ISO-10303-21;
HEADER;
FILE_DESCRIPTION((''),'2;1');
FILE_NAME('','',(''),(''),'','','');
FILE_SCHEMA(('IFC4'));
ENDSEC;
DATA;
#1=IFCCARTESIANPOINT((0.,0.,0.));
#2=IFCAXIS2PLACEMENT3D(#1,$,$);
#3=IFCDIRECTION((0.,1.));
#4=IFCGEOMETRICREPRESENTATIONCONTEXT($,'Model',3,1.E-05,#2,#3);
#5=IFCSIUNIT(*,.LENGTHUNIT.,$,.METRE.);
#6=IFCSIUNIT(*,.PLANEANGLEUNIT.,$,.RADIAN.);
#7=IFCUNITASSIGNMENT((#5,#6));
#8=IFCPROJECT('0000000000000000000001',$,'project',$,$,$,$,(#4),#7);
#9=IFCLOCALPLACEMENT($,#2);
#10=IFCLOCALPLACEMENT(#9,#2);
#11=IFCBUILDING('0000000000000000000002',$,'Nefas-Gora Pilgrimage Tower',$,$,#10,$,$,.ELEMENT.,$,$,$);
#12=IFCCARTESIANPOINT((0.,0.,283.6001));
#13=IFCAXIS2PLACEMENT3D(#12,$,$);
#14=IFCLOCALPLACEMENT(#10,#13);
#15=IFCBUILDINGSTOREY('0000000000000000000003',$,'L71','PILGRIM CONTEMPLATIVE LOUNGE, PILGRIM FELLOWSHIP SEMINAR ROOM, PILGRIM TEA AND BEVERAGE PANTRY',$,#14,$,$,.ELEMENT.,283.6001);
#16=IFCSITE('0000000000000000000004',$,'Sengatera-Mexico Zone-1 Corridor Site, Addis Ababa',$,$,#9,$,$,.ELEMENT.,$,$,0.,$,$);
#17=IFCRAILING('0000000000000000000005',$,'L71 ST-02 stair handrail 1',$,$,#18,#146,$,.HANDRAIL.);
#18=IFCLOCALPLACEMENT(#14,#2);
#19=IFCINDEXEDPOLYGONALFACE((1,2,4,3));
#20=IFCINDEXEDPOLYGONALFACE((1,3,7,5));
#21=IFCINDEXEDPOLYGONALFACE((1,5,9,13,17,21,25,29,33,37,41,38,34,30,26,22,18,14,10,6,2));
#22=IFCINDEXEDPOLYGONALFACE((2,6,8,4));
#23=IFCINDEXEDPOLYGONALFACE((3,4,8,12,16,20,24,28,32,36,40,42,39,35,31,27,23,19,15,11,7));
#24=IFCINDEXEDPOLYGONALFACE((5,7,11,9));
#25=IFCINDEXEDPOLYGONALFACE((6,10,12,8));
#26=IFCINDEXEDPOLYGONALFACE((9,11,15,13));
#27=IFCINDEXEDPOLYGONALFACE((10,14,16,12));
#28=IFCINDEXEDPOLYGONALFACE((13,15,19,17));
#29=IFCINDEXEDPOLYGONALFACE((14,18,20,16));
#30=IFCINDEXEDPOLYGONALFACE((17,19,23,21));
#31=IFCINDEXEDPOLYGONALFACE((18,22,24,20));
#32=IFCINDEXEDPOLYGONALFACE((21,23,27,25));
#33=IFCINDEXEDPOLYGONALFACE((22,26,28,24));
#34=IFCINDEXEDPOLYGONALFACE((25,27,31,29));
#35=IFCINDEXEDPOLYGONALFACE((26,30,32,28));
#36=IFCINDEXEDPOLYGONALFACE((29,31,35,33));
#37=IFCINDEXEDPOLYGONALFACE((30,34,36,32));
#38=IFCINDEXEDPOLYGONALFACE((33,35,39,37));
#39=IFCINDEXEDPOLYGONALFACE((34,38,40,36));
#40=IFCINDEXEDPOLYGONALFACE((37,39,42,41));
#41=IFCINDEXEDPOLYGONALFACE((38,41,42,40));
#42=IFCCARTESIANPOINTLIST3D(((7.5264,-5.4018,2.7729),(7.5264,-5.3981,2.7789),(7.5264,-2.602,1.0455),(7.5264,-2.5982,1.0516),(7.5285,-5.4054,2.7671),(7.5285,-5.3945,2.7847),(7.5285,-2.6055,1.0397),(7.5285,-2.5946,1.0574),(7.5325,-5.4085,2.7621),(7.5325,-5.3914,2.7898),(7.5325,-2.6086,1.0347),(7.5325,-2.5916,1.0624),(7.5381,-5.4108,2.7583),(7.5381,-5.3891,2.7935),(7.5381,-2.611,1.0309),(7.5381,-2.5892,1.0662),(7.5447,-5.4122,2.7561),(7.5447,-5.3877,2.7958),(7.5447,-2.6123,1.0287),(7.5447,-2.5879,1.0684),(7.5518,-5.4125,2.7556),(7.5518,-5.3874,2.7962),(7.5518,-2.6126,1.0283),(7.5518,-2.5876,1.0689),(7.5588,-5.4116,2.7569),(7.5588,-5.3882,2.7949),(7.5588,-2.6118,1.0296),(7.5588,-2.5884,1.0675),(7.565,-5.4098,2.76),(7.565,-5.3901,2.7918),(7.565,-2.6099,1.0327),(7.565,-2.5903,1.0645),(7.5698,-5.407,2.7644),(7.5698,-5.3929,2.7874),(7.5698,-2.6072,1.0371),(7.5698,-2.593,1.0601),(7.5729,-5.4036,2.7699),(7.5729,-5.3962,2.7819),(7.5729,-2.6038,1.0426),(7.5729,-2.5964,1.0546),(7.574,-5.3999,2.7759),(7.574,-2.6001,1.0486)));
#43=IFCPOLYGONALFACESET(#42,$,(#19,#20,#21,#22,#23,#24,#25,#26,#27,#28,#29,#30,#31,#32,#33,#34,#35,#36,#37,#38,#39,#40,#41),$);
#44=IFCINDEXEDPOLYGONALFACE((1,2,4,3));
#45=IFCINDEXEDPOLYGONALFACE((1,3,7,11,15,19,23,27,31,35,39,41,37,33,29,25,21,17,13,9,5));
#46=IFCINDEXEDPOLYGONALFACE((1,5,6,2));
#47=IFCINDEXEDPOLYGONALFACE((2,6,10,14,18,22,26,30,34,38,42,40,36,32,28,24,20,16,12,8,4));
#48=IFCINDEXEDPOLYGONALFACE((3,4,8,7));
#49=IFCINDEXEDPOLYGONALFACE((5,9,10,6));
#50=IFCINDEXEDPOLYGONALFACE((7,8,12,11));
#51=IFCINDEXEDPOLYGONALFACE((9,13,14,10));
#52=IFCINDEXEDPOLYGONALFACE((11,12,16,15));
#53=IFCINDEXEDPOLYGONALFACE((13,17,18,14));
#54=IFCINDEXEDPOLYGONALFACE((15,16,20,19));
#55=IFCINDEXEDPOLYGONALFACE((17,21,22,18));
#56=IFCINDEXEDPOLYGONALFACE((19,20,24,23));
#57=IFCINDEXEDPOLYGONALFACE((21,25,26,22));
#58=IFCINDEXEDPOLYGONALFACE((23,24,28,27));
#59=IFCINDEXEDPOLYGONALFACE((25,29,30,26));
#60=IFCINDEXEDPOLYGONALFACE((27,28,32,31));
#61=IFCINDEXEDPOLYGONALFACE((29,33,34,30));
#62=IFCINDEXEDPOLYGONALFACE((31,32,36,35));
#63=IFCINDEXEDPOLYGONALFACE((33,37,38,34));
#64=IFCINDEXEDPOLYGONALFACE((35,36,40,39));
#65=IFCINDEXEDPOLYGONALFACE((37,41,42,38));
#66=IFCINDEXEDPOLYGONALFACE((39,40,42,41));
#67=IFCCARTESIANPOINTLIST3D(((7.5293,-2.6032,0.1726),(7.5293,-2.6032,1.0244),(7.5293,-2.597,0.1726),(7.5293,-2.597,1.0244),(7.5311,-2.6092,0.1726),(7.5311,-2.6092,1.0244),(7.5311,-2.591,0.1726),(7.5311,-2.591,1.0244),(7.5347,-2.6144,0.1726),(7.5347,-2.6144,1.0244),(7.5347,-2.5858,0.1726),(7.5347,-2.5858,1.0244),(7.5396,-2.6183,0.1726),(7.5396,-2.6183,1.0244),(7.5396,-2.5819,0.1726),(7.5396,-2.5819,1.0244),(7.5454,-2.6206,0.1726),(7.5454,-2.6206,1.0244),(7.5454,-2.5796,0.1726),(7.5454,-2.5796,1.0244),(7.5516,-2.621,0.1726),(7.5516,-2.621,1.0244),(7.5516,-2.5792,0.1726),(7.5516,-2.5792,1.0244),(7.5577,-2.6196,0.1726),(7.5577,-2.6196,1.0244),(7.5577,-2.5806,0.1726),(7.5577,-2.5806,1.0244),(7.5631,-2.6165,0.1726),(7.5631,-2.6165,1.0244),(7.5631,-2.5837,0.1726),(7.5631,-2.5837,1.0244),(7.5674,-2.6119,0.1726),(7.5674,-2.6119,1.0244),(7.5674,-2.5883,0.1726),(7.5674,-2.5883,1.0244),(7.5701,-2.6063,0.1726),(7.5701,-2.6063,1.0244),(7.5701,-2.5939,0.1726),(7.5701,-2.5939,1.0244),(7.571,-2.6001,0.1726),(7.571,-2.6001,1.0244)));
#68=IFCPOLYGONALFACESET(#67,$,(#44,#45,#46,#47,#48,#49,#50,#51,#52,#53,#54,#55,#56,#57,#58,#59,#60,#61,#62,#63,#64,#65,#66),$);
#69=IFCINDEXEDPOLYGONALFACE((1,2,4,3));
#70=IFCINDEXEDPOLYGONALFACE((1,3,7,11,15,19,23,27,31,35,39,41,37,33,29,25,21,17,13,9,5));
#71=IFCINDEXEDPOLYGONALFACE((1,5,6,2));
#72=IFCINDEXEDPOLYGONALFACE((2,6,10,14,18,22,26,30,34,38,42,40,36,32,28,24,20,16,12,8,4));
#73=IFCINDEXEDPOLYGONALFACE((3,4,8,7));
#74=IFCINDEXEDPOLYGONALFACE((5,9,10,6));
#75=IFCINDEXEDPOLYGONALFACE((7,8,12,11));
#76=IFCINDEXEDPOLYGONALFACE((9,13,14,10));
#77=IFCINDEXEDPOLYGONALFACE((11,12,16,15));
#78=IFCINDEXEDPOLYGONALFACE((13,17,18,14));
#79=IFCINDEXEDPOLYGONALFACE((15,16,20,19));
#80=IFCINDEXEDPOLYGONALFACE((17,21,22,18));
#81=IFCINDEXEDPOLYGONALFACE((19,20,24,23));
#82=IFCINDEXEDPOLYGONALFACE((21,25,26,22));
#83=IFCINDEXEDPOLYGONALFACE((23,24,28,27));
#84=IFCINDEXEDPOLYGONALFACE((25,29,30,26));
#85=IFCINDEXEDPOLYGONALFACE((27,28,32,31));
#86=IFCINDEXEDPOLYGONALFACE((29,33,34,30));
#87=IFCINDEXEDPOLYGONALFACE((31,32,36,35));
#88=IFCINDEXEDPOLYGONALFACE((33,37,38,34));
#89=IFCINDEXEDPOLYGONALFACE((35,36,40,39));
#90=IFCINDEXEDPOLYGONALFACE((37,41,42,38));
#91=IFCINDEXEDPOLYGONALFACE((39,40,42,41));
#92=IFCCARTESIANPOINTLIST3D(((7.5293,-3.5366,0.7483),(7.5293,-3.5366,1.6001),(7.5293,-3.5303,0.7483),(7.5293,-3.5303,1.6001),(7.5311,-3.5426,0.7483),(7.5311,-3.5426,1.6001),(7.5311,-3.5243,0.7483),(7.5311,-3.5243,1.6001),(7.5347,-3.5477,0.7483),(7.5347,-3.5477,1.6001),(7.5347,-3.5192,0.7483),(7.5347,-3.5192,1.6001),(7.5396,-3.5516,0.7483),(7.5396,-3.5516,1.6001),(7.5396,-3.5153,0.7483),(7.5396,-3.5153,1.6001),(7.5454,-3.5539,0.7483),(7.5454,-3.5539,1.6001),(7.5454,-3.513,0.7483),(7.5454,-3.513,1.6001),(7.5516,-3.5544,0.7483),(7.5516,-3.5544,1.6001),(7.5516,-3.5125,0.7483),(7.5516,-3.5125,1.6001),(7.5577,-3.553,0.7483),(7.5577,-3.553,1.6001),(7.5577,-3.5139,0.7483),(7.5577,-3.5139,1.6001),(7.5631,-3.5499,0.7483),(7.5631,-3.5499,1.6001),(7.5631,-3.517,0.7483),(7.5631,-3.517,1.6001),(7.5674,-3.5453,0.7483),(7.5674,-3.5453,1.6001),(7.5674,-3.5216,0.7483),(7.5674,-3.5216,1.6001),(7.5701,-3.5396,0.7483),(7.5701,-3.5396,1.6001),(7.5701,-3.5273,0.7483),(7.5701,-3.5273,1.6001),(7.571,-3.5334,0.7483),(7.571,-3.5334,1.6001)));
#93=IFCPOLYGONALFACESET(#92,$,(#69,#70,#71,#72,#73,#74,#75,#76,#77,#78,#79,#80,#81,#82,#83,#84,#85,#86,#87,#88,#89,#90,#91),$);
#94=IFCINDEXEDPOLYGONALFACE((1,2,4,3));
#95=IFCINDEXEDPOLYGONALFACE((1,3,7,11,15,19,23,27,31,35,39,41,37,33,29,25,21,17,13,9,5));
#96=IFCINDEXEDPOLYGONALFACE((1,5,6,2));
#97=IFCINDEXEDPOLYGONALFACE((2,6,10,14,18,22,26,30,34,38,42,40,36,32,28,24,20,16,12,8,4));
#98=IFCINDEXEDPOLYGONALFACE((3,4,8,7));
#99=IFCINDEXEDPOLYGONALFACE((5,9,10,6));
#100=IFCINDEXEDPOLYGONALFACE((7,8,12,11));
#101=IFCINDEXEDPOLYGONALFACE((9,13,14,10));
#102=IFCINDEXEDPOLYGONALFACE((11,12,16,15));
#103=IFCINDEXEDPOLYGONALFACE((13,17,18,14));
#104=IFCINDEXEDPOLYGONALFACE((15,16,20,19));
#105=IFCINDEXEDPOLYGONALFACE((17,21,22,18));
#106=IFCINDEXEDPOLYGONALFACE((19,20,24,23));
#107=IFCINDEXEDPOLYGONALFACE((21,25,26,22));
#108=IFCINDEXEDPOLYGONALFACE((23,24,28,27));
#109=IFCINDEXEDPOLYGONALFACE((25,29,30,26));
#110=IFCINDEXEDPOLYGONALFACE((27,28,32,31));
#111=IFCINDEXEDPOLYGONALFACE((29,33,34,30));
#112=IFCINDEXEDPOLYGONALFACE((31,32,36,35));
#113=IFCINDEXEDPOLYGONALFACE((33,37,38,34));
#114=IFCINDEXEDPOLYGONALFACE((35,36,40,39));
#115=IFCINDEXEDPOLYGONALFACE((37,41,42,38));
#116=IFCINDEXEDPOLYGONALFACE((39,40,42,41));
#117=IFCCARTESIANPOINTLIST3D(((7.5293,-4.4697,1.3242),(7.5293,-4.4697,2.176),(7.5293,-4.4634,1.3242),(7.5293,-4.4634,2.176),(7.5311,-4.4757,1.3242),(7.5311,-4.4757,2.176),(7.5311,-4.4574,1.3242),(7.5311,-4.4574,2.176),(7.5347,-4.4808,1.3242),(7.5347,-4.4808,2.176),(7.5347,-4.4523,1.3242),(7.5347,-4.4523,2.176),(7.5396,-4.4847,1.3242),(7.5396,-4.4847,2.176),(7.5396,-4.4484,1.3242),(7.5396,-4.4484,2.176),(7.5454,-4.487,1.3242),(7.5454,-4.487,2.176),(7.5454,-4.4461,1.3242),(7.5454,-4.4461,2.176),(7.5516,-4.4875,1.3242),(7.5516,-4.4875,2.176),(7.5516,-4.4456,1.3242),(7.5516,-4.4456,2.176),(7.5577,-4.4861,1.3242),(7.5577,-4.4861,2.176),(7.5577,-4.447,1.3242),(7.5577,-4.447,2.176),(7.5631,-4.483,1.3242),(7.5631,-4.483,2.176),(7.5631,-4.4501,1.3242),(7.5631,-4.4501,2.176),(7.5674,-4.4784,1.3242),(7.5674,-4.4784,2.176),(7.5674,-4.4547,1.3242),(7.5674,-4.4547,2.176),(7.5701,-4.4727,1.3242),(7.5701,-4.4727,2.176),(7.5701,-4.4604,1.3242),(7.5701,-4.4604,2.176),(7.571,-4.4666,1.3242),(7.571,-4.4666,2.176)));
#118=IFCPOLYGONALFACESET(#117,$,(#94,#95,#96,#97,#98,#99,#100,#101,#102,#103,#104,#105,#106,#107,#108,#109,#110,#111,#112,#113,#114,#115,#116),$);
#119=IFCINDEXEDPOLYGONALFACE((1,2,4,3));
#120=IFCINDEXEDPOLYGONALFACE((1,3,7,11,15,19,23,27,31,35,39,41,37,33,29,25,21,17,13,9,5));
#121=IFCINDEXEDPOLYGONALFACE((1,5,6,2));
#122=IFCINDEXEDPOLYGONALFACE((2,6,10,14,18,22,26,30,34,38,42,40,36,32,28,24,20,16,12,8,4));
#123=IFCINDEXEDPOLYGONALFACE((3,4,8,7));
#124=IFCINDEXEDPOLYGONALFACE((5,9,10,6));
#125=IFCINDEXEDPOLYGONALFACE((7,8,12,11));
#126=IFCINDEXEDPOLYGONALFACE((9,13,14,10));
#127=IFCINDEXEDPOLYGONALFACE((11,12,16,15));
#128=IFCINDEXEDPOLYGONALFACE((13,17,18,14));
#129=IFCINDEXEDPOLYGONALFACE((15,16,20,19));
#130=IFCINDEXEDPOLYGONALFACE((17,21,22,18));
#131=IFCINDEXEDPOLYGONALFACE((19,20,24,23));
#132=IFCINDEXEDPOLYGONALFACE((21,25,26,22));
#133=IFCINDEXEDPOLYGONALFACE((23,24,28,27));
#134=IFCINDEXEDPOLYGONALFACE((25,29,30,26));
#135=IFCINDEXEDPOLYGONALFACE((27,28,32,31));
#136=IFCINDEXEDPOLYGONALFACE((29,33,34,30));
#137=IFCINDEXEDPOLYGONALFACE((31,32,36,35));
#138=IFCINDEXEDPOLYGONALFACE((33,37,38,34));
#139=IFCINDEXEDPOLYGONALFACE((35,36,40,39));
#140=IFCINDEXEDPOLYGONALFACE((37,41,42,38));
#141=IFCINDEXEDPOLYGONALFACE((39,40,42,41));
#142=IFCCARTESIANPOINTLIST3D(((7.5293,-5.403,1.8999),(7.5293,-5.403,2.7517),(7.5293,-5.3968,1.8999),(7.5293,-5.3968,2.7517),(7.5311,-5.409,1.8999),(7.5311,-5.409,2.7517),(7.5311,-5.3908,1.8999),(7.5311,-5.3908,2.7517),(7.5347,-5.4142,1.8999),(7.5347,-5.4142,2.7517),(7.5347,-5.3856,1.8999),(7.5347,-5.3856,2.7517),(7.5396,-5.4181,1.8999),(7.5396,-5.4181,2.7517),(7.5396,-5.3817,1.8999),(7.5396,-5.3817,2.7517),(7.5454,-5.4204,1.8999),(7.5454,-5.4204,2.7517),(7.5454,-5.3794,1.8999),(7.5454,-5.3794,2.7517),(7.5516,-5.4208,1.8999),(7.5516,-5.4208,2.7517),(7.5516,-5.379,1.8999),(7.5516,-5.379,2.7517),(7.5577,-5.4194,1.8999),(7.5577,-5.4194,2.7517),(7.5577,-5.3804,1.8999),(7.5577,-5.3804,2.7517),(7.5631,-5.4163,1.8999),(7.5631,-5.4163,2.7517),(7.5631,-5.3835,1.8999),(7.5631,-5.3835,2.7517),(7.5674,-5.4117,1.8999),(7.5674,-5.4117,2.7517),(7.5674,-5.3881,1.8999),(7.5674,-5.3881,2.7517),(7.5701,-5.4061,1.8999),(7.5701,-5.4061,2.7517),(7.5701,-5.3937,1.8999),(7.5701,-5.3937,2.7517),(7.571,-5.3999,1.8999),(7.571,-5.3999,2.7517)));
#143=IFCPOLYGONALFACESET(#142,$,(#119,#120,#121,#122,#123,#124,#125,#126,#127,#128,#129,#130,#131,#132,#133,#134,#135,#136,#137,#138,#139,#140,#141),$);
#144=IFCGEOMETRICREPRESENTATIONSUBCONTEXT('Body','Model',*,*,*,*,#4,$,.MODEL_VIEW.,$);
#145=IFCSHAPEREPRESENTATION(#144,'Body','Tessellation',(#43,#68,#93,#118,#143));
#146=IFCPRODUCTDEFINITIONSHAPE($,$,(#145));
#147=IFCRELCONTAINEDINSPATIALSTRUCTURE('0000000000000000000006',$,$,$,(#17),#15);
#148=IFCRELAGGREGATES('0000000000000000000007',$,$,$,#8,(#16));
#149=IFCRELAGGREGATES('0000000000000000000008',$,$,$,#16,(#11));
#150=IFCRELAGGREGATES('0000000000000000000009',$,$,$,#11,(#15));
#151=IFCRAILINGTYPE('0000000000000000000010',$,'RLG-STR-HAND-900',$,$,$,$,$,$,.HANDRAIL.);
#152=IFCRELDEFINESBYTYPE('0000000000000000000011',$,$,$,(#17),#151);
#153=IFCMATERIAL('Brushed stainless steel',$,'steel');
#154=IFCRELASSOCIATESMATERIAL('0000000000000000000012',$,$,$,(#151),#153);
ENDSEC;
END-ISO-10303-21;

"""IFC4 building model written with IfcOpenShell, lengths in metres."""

from ifc_helpers import new_model, si_unit, direction, frame, origin, origin_2d, place, context, subcontext, project, spatial, circle, extrude, material, type_object, element, save


model = new_model("IFC4")

# Units and contexts
model_context = context("Model", 3, precision=1e-05, world=origin(), true_north=direction((0.0, 1.0)))
body_context = subcontext(model_context, "Body", "Model", "MODEL_VIEW")
ifc_project = project(units=[si_unit("LENGTHUNIT", "METRE"), si_unit("PLANEANGLEUNIT", "RADIAN")], contexts=[model_context])

# Site, building, storey
site_placement = place(None, origin())
site = spatial("IfcSite", under=ifc_project, at=site_placement, Name="Sengatera-Mexico Zone-1 Corridor Site, Addis Ababa", CompositionType="ELEMENT", RefElevation=0.0)
building_placement = place(site_placement, origin())
building = spatial("IfcBuilding", under=site, at=building_placement, Name="Nefas-Gora Pilgrimage Tower", CompositionType="ELEMENT")
storey_placement = place(building_placement, frame((0.0, 0.0, 283.6001)))
storey = spatial("IfcBuildingStorey", under=building, at=storey_placement, Name="L71", Description="PILGRIM CONTEMPLATIVE LOUNGE, PILGRIM FELLOWSHIP SEMINAR ROOM, PILGRIM TEA AND BEVERAGE PANTRY", CompositionType="ELEMENT", Elevation=283.6001)

# Railing
ifc_material_1 = material(Name="Brushed stainless steel", Category="steel")
railing_type_1 = type_object("IfcRailingType", Name="RLG-STR-HAND-900", PredefinedType="HANDRAIL", material=ifc_material_1)
railing_1_placement = place(storey_placement, frame((7.55, -2.6001, 0.1726)))
element("IfcRailing", 1, at=railing_1_placement, inside=storey, type_object=railing_type_1, Name="L71 ST-02 stair handrail 1", PredefinedType="HANDRAIL", context=body_context, shape_type="SweptSolid", body=[
    extrude(circle(Radius=0.0239, at=origin_2d()), frame((0.0, 0.0, 0.876), z_axis=(0.0, -0.851069, 0.525054), x_axis=(1.0, 0.0, 0.0)), (0.0, 0.0, 1.0), 3.2898),
    extrude(circle(Radius=0.021, at=origin_2d()), origin(), (0.0, 0.0, 1.0), 0.8518),
    extrude(circle(Radius=0.021, at=origin_2d()), frame((0.0, -0.9333, 0.5757)), (0.0, 0.0, 1.0), 0.8518),
    extrude(circle(Radius=0.021, at=origin_2d()), frame((0.0, -1.8665, 1.1516)), (0.0, 0.0, 1.0), 0.8518),
    extrude(circle(Radius=0.021, at=origin_2d()), frame((0.0, -2.7998, 1.7273)), (0.0, 0.0, 1.0), 0.8518),
])

save(model, "model.ifc")
